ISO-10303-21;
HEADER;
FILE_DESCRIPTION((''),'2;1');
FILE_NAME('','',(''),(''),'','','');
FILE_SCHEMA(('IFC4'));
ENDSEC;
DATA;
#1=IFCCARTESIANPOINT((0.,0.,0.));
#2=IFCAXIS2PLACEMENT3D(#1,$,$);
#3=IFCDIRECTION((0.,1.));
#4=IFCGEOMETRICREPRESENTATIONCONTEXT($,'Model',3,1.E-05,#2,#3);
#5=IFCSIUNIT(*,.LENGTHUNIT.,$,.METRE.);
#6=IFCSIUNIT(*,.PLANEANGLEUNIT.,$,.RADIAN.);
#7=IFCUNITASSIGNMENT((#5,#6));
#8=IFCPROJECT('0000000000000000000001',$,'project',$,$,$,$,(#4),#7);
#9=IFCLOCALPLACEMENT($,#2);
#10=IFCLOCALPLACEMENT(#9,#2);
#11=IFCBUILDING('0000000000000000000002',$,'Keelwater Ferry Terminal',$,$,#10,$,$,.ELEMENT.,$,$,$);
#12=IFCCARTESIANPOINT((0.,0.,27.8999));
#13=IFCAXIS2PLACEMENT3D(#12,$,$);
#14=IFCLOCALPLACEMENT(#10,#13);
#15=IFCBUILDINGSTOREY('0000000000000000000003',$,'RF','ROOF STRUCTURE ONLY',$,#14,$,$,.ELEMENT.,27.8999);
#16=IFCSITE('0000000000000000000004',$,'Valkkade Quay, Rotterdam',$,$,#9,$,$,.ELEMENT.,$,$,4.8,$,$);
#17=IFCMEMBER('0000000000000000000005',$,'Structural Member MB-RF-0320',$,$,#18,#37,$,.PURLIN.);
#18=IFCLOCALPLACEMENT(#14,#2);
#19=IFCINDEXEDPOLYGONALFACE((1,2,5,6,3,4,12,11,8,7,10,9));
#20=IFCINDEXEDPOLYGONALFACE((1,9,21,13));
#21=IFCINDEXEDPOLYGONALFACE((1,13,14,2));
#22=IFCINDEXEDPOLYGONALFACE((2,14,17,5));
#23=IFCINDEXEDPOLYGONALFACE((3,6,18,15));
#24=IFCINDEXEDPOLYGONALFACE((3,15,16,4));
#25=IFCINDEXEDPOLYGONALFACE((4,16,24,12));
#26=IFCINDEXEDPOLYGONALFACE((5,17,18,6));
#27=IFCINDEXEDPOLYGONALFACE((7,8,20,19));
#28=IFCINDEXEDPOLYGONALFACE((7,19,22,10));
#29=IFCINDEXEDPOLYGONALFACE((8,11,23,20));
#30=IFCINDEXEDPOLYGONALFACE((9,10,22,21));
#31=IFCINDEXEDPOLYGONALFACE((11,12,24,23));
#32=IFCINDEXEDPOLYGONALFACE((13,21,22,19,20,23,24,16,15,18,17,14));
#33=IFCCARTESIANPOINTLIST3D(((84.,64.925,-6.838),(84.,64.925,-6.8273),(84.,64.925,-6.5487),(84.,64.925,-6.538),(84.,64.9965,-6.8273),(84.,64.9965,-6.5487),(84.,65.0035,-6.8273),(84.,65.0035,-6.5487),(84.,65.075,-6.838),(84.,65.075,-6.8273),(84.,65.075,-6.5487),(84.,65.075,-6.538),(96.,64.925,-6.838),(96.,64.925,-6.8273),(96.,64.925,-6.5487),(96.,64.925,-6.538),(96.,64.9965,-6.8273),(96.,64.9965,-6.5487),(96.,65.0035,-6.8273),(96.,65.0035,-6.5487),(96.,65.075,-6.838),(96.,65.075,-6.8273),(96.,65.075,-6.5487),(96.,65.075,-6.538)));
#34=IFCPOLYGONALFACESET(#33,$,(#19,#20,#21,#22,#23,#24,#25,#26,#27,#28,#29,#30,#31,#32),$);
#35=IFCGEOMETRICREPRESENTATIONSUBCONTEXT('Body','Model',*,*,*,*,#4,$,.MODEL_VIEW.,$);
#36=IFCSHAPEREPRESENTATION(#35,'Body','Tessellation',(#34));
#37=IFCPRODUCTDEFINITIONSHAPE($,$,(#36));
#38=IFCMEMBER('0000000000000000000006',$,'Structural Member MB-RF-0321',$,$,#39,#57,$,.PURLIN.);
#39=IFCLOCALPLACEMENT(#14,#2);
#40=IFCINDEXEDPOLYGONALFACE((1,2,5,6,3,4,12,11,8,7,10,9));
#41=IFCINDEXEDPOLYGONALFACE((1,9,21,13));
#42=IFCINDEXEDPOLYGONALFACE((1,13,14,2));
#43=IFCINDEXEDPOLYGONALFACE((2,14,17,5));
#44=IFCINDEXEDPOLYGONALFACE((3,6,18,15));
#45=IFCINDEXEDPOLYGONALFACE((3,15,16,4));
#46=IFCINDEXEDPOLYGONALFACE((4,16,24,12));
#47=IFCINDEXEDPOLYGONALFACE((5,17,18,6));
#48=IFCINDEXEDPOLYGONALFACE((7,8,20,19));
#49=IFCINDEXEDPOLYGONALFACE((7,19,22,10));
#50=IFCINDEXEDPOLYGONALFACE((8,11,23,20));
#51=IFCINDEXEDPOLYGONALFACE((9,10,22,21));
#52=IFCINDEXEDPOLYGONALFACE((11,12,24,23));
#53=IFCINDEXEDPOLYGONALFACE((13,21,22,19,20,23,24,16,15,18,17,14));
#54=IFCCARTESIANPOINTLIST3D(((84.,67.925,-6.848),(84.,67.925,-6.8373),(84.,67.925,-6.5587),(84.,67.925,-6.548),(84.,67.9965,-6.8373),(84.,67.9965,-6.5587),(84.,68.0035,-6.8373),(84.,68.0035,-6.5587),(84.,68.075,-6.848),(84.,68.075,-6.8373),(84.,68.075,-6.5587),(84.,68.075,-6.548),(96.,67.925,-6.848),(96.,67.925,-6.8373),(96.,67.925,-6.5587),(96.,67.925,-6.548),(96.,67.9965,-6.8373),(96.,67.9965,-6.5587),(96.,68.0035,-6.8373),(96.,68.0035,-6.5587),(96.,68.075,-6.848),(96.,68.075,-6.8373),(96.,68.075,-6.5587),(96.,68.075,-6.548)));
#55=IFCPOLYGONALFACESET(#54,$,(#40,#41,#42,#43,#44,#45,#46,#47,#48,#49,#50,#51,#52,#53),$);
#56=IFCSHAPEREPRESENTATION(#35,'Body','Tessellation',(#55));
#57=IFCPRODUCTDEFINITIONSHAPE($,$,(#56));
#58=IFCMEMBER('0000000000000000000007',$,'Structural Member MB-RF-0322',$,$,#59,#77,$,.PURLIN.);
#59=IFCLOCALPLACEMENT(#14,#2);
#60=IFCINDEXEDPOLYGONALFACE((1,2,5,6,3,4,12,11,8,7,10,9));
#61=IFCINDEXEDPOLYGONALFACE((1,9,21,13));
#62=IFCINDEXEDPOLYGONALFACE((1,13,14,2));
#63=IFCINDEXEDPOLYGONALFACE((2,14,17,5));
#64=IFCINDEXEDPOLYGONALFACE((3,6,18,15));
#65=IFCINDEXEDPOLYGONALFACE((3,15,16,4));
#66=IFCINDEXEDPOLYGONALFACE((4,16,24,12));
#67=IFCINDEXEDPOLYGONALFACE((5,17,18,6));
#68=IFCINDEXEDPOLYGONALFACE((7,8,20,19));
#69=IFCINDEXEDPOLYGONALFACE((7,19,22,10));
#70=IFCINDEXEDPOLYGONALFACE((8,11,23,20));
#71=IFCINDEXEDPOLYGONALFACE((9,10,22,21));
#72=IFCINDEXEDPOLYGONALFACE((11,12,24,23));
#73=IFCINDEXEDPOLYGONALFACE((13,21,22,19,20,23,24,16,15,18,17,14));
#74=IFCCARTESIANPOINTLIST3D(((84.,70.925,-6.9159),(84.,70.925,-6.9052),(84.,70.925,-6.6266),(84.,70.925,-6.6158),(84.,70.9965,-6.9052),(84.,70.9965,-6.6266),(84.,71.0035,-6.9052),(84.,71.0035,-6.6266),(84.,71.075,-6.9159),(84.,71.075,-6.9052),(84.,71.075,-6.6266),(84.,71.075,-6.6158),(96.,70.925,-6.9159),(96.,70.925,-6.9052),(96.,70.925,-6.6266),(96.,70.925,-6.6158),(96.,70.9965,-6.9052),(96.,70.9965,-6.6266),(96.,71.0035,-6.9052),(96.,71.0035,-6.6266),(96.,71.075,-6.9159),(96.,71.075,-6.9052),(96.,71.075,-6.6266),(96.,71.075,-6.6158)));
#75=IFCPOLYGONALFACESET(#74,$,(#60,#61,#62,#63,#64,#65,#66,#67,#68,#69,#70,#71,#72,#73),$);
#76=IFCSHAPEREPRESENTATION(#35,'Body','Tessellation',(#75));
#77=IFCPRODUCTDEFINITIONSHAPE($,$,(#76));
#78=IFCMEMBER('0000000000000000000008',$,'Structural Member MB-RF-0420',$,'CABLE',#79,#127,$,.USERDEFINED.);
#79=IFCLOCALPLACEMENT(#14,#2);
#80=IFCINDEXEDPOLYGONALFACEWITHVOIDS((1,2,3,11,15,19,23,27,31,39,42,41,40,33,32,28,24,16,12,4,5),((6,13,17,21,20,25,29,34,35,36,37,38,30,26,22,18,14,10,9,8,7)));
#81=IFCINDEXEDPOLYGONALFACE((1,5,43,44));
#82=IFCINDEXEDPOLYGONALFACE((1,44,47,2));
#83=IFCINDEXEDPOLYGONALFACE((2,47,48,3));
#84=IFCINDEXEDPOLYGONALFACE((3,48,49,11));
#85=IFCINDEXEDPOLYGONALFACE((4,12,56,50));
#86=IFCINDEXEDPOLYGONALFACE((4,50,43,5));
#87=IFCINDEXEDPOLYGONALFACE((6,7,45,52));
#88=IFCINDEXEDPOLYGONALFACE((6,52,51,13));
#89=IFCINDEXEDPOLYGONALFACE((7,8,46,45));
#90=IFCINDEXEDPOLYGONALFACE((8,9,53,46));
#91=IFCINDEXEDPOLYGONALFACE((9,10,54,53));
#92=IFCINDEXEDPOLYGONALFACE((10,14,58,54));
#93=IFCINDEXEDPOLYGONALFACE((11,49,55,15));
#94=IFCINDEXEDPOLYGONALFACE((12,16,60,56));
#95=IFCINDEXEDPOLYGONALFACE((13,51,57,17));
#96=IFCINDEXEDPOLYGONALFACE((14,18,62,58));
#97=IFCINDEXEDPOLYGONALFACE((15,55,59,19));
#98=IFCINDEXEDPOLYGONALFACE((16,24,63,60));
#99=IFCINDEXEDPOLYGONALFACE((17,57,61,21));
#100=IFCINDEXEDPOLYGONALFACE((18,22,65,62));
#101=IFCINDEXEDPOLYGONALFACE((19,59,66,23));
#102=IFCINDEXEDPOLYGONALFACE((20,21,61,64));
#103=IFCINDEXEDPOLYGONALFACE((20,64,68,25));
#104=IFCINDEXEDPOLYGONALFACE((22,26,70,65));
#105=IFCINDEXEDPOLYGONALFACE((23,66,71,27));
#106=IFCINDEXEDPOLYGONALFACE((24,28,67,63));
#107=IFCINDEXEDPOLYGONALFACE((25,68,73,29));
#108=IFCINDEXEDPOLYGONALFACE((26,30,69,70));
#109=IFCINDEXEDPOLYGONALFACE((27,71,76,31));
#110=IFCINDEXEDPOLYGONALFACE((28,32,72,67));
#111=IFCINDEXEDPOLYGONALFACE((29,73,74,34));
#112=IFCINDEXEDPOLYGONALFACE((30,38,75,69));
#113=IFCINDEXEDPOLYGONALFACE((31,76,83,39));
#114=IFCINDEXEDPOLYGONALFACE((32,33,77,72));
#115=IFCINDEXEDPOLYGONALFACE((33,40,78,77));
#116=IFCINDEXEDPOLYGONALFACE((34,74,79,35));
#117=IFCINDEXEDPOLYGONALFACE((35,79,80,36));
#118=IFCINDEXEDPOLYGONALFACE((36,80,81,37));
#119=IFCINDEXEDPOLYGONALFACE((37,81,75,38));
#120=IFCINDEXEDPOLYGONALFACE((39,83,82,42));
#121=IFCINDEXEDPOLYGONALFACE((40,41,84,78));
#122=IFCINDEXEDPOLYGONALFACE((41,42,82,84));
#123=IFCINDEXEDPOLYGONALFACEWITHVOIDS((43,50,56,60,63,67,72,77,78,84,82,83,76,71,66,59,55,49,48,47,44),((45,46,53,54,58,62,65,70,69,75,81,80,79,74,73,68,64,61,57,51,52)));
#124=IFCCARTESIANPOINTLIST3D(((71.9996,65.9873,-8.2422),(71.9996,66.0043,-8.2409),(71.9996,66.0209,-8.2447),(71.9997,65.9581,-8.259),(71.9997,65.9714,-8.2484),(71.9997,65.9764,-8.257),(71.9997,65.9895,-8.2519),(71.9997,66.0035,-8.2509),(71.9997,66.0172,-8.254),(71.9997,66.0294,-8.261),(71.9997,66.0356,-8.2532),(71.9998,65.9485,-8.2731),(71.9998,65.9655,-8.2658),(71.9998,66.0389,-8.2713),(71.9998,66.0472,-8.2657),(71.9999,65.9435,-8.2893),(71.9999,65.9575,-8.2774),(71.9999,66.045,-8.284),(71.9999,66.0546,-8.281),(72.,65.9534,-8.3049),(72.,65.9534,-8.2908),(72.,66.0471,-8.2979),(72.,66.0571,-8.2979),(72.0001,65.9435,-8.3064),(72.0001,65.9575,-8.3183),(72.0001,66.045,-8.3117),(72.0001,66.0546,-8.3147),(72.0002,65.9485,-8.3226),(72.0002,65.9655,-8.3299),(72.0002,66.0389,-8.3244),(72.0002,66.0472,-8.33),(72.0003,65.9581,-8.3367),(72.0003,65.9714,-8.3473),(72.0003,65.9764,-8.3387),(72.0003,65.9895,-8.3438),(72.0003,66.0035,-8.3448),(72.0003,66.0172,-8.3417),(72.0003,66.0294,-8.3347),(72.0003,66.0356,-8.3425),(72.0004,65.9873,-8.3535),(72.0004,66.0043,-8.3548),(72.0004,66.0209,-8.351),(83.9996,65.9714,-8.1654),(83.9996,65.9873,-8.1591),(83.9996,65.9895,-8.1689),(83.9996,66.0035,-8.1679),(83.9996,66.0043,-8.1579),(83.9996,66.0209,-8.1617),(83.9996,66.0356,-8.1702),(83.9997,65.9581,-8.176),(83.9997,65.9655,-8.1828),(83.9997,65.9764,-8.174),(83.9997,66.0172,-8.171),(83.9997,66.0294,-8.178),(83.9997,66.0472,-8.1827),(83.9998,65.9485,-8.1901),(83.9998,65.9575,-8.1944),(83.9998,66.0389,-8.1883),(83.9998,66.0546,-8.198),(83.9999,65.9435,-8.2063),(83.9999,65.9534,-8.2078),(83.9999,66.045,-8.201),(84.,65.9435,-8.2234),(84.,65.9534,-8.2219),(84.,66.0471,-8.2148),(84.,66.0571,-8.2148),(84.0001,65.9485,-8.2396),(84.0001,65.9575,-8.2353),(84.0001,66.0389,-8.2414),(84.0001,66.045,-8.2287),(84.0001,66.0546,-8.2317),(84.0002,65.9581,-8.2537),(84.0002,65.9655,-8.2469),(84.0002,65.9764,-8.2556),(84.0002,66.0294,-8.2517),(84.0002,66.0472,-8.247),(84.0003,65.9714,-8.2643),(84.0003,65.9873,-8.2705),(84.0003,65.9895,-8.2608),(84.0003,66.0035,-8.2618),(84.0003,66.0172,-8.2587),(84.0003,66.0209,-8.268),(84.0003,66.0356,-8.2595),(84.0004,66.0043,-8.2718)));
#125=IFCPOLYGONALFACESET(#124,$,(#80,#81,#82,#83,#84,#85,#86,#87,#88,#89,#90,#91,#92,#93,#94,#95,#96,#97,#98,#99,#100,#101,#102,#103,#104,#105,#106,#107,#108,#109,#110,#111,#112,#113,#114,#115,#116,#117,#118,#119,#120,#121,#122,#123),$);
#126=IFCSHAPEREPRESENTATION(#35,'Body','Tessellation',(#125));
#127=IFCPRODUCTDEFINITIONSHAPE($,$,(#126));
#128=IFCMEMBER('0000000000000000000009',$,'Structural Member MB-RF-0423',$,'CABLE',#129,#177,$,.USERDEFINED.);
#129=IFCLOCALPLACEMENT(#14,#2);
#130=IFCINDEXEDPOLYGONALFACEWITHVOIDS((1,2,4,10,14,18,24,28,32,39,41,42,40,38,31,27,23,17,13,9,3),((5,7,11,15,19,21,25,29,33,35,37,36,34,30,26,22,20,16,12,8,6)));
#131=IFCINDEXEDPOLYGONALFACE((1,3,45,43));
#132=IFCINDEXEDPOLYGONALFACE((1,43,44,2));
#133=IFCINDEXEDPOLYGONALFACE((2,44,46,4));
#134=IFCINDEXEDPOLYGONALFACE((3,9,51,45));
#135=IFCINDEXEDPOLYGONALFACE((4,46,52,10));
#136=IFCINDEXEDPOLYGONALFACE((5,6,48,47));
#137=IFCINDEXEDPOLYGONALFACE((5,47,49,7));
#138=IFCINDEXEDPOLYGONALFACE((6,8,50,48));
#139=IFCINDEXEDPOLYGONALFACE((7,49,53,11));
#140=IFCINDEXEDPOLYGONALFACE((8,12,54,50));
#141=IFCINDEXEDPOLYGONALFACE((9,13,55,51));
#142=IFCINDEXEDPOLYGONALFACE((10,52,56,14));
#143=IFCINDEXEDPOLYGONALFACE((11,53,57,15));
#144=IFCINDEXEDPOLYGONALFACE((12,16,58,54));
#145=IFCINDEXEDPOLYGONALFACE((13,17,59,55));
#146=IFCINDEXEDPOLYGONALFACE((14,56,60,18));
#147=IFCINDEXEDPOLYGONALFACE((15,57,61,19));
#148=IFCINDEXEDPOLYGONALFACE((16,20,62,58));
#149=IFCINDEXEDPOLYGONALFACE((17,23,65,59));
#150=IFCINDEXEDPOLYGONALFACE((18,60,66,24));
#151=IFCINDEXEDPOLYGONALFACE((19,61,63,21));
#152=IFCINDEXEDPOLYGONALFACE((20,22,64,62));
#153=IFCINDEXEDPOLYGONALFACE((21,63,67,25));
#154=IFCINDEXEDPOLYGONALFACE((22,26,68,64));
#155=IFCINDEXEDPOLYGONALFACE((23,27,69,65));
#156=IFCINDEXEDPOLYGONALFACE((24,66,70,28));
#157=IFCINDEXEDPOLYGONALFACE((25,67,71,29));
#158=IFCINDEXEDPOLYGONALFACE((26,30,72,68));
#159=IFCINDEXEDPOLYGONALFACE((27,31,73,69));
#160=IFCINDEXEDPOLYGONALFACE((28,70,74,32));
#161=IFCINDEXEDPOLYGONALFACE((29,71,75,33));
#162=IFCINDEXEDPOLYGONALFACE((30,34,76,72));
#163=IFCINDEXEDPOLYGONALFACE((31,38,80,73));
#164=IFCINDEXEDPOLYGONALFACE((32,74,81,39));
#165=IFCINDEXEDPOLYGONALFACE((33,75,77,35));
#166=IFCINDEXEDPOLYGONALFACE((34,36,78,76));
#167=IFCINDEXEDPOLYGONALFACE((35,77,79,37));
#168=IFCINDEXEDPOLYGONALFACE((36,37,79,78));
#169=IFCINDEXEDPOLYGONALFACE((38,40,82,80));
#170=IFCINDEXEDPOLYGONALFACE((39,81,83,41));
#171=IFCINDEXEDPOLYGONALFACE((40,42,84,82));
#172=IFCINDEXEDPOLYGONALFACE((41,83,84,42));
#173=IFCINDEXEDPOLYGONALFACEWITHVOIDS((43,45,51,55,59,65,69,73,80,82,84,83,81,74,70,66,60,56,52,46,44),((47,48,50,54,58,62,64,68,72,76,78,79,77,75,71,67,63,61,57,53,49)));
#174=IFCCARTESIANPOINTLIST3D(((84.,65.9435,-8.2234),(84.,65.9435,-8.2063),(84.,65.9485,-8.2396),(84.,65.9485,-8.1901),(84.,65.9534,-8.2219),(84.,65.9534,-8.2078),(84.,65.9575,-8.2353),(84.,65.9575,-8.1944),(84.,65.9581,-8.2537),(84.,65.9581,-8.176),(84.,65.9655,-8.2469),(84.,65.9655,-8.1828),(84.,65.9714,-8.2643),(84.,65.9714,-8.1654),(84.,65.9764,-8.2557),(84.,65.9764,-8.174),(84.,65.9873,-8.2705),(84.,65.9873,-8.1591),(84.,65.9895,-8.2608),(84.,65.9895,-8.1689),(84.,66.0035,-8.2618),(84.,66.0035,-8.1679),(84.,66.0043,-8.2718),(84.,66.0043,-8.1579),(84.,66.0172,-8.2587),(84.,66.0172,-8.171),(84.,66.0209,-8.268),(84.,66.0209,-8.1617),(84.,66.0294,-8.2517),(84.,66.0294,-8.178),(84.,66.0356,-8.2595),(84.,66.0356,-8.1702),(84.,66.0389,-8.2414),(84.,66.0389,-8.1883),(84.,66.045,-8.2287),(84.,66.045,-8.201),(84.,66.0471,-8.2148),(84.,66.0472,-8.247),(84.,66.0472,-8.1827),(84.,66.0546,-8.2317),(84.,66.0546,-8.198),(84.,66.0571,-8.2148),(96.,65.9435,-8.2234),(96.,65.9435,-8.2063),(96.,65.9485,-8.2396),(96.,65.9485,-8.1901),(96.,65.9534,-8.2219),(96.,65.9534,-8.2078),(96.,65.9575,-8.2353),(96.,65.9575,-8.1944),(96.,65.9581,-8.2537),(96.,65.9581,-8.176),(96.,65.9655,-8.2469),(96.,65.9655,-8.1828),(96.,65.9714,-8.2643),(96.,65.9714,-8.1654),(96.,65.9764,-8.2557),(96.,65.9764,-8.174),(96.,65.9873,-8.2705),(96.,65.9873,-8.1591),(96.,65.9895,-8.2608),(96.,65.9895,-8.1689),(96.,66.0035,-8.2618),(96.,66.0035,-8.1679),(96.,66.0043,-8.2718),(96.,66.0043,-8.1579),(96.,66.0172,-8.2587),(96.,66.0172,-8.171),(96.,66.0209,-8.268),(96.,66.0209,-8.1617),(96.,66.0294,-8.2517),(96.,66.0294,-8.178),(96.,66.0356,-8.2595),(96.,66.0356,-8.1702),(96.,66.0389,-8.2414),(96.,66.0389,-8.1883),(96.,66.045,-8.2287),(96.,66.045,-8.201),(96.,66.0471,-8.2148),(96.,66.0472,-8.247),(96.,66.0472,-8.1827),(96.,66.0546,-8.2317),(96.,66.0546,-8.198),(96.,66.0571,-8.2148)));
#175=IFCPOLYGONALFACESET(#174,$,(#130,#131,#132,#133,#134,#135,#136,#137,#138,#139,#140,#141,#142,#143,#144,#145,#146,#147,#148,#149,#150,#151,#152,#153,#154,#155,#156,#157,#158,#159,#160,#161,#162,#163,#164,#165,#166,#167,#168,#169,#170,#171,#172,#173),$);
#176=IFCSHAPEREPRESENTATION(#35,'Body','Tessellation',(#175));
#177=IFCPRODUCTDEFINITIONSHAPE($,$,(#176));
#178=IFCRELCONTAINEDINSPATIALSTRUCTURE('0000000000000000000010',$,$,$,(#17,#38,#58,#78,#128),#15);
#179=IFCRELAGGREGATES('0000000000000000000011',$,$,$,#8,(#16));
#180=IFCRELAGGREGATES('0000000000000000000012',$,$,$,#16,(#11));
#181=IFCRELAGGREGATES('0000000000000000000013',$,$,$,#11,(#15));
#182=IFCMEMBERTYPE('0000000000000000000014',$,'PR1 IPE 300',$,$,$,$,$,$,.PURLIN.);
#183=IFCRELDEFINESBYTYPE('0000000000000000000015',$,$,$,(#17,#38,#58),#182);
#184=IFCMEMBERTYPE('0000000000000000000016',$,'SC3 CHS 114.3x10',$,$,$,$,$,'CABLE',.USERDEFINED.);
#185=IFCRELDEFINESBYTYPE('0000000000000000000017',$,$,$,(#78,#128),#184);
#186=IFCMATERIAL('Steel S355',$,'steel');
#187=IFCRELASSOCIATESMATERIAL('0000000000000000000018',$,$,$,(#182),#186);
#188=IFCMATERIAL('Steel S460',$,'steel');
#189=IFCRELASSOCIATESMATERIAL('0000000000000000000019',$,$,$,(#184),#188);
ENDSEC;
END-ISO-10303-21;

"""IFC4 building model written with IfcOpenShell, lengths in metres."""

from ifc_helpers import new_model, si_unit, direction, frame, origin, origin_2d, place, context, subcontext, project, spatial, hollow_circle, i_section, extrude, material, material_profile, profile_set, type_object, element, save


model = new_model("IFC4")

# Units and contexts
model_context = context("Model", 3, precision=1e-05, world=origin(), true_north=direction((0.0, 1.0)))
body_context = subcontext(model_context, "Body", "Model", "MODEL_VIEW")
ifc_project = project(units=[si_unit("LENGTHUNIT", "METRE"), si_unit("PLANEANGLEUNIT", "RADIAN")], contexts=[model_context])

# Site, building, storey
site_placement = place(None, origin())
site = spatial("IfcSite", under=ifc_project, at=site_placement, Name="Valkkade Quay, Rotterdam", CompositionType="ELEMENT", RefElevation=4.8)
building_placement = place(site_placement, origin())
building = spatial("IfcBuilding", under=site, at=building_placement, Name="Keelwater Ferry Terminal", CompositionType="ELEMENT")
storey_placement = place(building_placement, frame((0.0, 0.0, 27.8999)))
storey = spatial("IfcBuildingStorey", under=building, at=storey_placement, Name="RF", Description="ROOF STRUCTURE ONLY", CompositionType="ELEMENT", Elevation=27.8999)

# Members
ifc_material_1 = material(Name="Steel S355", Category="steel")
ifc_material_profile_1 = material_profile(ifc_material_1, i_section(OverallWidth=0.1499, OverallDepth=0.3, WebThickness=0.0071, FlangeThickness=0.0107, at=origin_2d()), Name="IPE 300")
ifc_profile_set_1 = profile_set([ifc_material_profile_1], Name="Steel S355")
member_type_1 = type_object("IfcMemberType", Name="PR1 IPE 300", PredefinedType="PURLIN", material=ifc_profile_set_1)
for number, where, z_axis, x_axis, name in (
    (1, (84.0, 65.0, -6.688), (1.0, 0.0, 0.0), (0.0, 1.0, 0.0), "Structural Member MB-RF-0320"),
    (2, (84.0, 68.0, -6.698), (1.0, 0.0, 0.0), (0.0, 1.0, 0.0), "Structural Member MB-RF-0321"),
    (3, (84.0, 71.0, -6.7659), (1.0, 0.0, 0.0), (0.0, 1.0, 0.0), "Structural Member MB-RF-0322"),
):
    element("IfcMember", number, at=place(storey_placement, frame(where, z_axis=z_axis, x_axis=x_axis)), inside=storey, type_object=member_type_1, Name=name, PredefinedType="PURLIN", context=body_context, shape_type="SweptSolid", body=[
        extrude(i_section(OverallWidth=0.1499, OverallDepth=0.3, WebThickness=0.0071, FlangeThickness=0.0107, at=origin_2d()), origin(), (0.0, 0.0, 1.0), 12.0),
    ])
ifc_material_2 = material(Name="Steel S460", Category="steel")
ifc_material_profile_2 = material_profile(ifc_material_2, hollow_circle(Radius=0.0571, WallThickness=0.01, at=origin_2d()), Name="CHS 114.3x10")
ifc_profile_set_2 = profile_set([ifc_material_profile_2], Name="Steel S460")
member_type_2 = type_object("IfcMemberType", Name="SC3 CHS 114.3x10", ElementType="CABLE", PredefinedType="USERDEFINED", material=ifc_profile_set_2)
member_1_placement = place(storey_placement, frame((72.0, 66.0, -8.2979), z_axis=(0.999976, 0.0, 0.006917), x_axis=(0.0, 1.0, 0.0)))
element("IfcMember", 4, at=member_1_placement, inside=storey, type_object=member_type_2, Name="Structural Member MB-RF-0420", ObjectType="CABLE", PredefinedType="USERDEFINED", context=body_context, shape_type="SweptSolid", body=[
    extrude(hollow_circle(Radius=0.0571, WallThickness=0.01, at=origin_2d()), origin(), (0.0, 0.0, 1.0), 12.0002),
])
member_2_placement = place(storey_placement, frame((84.0, 66.0, -8.2148), z_axis=(1.0, 0.0, 0.0), x_axis=(0.0, 1.0, 0.0)))
element("IfcMember", 5, at=member_2_placement, inside=storey, type_object=member_type_2, Name="Structural Member MB-RF-0423", ObjectType="CABLE", PredefinedType="USERDEFINED", context=body_context, shape_type="SweptSolid", body=[
    extrude(hollow_circle(Radius=0.0571, WallThickness=0.01, at=origin_2d()), origin(), (0.0, 0.0, 1.0), 12.0),
])

save(model, "model.ifc")
